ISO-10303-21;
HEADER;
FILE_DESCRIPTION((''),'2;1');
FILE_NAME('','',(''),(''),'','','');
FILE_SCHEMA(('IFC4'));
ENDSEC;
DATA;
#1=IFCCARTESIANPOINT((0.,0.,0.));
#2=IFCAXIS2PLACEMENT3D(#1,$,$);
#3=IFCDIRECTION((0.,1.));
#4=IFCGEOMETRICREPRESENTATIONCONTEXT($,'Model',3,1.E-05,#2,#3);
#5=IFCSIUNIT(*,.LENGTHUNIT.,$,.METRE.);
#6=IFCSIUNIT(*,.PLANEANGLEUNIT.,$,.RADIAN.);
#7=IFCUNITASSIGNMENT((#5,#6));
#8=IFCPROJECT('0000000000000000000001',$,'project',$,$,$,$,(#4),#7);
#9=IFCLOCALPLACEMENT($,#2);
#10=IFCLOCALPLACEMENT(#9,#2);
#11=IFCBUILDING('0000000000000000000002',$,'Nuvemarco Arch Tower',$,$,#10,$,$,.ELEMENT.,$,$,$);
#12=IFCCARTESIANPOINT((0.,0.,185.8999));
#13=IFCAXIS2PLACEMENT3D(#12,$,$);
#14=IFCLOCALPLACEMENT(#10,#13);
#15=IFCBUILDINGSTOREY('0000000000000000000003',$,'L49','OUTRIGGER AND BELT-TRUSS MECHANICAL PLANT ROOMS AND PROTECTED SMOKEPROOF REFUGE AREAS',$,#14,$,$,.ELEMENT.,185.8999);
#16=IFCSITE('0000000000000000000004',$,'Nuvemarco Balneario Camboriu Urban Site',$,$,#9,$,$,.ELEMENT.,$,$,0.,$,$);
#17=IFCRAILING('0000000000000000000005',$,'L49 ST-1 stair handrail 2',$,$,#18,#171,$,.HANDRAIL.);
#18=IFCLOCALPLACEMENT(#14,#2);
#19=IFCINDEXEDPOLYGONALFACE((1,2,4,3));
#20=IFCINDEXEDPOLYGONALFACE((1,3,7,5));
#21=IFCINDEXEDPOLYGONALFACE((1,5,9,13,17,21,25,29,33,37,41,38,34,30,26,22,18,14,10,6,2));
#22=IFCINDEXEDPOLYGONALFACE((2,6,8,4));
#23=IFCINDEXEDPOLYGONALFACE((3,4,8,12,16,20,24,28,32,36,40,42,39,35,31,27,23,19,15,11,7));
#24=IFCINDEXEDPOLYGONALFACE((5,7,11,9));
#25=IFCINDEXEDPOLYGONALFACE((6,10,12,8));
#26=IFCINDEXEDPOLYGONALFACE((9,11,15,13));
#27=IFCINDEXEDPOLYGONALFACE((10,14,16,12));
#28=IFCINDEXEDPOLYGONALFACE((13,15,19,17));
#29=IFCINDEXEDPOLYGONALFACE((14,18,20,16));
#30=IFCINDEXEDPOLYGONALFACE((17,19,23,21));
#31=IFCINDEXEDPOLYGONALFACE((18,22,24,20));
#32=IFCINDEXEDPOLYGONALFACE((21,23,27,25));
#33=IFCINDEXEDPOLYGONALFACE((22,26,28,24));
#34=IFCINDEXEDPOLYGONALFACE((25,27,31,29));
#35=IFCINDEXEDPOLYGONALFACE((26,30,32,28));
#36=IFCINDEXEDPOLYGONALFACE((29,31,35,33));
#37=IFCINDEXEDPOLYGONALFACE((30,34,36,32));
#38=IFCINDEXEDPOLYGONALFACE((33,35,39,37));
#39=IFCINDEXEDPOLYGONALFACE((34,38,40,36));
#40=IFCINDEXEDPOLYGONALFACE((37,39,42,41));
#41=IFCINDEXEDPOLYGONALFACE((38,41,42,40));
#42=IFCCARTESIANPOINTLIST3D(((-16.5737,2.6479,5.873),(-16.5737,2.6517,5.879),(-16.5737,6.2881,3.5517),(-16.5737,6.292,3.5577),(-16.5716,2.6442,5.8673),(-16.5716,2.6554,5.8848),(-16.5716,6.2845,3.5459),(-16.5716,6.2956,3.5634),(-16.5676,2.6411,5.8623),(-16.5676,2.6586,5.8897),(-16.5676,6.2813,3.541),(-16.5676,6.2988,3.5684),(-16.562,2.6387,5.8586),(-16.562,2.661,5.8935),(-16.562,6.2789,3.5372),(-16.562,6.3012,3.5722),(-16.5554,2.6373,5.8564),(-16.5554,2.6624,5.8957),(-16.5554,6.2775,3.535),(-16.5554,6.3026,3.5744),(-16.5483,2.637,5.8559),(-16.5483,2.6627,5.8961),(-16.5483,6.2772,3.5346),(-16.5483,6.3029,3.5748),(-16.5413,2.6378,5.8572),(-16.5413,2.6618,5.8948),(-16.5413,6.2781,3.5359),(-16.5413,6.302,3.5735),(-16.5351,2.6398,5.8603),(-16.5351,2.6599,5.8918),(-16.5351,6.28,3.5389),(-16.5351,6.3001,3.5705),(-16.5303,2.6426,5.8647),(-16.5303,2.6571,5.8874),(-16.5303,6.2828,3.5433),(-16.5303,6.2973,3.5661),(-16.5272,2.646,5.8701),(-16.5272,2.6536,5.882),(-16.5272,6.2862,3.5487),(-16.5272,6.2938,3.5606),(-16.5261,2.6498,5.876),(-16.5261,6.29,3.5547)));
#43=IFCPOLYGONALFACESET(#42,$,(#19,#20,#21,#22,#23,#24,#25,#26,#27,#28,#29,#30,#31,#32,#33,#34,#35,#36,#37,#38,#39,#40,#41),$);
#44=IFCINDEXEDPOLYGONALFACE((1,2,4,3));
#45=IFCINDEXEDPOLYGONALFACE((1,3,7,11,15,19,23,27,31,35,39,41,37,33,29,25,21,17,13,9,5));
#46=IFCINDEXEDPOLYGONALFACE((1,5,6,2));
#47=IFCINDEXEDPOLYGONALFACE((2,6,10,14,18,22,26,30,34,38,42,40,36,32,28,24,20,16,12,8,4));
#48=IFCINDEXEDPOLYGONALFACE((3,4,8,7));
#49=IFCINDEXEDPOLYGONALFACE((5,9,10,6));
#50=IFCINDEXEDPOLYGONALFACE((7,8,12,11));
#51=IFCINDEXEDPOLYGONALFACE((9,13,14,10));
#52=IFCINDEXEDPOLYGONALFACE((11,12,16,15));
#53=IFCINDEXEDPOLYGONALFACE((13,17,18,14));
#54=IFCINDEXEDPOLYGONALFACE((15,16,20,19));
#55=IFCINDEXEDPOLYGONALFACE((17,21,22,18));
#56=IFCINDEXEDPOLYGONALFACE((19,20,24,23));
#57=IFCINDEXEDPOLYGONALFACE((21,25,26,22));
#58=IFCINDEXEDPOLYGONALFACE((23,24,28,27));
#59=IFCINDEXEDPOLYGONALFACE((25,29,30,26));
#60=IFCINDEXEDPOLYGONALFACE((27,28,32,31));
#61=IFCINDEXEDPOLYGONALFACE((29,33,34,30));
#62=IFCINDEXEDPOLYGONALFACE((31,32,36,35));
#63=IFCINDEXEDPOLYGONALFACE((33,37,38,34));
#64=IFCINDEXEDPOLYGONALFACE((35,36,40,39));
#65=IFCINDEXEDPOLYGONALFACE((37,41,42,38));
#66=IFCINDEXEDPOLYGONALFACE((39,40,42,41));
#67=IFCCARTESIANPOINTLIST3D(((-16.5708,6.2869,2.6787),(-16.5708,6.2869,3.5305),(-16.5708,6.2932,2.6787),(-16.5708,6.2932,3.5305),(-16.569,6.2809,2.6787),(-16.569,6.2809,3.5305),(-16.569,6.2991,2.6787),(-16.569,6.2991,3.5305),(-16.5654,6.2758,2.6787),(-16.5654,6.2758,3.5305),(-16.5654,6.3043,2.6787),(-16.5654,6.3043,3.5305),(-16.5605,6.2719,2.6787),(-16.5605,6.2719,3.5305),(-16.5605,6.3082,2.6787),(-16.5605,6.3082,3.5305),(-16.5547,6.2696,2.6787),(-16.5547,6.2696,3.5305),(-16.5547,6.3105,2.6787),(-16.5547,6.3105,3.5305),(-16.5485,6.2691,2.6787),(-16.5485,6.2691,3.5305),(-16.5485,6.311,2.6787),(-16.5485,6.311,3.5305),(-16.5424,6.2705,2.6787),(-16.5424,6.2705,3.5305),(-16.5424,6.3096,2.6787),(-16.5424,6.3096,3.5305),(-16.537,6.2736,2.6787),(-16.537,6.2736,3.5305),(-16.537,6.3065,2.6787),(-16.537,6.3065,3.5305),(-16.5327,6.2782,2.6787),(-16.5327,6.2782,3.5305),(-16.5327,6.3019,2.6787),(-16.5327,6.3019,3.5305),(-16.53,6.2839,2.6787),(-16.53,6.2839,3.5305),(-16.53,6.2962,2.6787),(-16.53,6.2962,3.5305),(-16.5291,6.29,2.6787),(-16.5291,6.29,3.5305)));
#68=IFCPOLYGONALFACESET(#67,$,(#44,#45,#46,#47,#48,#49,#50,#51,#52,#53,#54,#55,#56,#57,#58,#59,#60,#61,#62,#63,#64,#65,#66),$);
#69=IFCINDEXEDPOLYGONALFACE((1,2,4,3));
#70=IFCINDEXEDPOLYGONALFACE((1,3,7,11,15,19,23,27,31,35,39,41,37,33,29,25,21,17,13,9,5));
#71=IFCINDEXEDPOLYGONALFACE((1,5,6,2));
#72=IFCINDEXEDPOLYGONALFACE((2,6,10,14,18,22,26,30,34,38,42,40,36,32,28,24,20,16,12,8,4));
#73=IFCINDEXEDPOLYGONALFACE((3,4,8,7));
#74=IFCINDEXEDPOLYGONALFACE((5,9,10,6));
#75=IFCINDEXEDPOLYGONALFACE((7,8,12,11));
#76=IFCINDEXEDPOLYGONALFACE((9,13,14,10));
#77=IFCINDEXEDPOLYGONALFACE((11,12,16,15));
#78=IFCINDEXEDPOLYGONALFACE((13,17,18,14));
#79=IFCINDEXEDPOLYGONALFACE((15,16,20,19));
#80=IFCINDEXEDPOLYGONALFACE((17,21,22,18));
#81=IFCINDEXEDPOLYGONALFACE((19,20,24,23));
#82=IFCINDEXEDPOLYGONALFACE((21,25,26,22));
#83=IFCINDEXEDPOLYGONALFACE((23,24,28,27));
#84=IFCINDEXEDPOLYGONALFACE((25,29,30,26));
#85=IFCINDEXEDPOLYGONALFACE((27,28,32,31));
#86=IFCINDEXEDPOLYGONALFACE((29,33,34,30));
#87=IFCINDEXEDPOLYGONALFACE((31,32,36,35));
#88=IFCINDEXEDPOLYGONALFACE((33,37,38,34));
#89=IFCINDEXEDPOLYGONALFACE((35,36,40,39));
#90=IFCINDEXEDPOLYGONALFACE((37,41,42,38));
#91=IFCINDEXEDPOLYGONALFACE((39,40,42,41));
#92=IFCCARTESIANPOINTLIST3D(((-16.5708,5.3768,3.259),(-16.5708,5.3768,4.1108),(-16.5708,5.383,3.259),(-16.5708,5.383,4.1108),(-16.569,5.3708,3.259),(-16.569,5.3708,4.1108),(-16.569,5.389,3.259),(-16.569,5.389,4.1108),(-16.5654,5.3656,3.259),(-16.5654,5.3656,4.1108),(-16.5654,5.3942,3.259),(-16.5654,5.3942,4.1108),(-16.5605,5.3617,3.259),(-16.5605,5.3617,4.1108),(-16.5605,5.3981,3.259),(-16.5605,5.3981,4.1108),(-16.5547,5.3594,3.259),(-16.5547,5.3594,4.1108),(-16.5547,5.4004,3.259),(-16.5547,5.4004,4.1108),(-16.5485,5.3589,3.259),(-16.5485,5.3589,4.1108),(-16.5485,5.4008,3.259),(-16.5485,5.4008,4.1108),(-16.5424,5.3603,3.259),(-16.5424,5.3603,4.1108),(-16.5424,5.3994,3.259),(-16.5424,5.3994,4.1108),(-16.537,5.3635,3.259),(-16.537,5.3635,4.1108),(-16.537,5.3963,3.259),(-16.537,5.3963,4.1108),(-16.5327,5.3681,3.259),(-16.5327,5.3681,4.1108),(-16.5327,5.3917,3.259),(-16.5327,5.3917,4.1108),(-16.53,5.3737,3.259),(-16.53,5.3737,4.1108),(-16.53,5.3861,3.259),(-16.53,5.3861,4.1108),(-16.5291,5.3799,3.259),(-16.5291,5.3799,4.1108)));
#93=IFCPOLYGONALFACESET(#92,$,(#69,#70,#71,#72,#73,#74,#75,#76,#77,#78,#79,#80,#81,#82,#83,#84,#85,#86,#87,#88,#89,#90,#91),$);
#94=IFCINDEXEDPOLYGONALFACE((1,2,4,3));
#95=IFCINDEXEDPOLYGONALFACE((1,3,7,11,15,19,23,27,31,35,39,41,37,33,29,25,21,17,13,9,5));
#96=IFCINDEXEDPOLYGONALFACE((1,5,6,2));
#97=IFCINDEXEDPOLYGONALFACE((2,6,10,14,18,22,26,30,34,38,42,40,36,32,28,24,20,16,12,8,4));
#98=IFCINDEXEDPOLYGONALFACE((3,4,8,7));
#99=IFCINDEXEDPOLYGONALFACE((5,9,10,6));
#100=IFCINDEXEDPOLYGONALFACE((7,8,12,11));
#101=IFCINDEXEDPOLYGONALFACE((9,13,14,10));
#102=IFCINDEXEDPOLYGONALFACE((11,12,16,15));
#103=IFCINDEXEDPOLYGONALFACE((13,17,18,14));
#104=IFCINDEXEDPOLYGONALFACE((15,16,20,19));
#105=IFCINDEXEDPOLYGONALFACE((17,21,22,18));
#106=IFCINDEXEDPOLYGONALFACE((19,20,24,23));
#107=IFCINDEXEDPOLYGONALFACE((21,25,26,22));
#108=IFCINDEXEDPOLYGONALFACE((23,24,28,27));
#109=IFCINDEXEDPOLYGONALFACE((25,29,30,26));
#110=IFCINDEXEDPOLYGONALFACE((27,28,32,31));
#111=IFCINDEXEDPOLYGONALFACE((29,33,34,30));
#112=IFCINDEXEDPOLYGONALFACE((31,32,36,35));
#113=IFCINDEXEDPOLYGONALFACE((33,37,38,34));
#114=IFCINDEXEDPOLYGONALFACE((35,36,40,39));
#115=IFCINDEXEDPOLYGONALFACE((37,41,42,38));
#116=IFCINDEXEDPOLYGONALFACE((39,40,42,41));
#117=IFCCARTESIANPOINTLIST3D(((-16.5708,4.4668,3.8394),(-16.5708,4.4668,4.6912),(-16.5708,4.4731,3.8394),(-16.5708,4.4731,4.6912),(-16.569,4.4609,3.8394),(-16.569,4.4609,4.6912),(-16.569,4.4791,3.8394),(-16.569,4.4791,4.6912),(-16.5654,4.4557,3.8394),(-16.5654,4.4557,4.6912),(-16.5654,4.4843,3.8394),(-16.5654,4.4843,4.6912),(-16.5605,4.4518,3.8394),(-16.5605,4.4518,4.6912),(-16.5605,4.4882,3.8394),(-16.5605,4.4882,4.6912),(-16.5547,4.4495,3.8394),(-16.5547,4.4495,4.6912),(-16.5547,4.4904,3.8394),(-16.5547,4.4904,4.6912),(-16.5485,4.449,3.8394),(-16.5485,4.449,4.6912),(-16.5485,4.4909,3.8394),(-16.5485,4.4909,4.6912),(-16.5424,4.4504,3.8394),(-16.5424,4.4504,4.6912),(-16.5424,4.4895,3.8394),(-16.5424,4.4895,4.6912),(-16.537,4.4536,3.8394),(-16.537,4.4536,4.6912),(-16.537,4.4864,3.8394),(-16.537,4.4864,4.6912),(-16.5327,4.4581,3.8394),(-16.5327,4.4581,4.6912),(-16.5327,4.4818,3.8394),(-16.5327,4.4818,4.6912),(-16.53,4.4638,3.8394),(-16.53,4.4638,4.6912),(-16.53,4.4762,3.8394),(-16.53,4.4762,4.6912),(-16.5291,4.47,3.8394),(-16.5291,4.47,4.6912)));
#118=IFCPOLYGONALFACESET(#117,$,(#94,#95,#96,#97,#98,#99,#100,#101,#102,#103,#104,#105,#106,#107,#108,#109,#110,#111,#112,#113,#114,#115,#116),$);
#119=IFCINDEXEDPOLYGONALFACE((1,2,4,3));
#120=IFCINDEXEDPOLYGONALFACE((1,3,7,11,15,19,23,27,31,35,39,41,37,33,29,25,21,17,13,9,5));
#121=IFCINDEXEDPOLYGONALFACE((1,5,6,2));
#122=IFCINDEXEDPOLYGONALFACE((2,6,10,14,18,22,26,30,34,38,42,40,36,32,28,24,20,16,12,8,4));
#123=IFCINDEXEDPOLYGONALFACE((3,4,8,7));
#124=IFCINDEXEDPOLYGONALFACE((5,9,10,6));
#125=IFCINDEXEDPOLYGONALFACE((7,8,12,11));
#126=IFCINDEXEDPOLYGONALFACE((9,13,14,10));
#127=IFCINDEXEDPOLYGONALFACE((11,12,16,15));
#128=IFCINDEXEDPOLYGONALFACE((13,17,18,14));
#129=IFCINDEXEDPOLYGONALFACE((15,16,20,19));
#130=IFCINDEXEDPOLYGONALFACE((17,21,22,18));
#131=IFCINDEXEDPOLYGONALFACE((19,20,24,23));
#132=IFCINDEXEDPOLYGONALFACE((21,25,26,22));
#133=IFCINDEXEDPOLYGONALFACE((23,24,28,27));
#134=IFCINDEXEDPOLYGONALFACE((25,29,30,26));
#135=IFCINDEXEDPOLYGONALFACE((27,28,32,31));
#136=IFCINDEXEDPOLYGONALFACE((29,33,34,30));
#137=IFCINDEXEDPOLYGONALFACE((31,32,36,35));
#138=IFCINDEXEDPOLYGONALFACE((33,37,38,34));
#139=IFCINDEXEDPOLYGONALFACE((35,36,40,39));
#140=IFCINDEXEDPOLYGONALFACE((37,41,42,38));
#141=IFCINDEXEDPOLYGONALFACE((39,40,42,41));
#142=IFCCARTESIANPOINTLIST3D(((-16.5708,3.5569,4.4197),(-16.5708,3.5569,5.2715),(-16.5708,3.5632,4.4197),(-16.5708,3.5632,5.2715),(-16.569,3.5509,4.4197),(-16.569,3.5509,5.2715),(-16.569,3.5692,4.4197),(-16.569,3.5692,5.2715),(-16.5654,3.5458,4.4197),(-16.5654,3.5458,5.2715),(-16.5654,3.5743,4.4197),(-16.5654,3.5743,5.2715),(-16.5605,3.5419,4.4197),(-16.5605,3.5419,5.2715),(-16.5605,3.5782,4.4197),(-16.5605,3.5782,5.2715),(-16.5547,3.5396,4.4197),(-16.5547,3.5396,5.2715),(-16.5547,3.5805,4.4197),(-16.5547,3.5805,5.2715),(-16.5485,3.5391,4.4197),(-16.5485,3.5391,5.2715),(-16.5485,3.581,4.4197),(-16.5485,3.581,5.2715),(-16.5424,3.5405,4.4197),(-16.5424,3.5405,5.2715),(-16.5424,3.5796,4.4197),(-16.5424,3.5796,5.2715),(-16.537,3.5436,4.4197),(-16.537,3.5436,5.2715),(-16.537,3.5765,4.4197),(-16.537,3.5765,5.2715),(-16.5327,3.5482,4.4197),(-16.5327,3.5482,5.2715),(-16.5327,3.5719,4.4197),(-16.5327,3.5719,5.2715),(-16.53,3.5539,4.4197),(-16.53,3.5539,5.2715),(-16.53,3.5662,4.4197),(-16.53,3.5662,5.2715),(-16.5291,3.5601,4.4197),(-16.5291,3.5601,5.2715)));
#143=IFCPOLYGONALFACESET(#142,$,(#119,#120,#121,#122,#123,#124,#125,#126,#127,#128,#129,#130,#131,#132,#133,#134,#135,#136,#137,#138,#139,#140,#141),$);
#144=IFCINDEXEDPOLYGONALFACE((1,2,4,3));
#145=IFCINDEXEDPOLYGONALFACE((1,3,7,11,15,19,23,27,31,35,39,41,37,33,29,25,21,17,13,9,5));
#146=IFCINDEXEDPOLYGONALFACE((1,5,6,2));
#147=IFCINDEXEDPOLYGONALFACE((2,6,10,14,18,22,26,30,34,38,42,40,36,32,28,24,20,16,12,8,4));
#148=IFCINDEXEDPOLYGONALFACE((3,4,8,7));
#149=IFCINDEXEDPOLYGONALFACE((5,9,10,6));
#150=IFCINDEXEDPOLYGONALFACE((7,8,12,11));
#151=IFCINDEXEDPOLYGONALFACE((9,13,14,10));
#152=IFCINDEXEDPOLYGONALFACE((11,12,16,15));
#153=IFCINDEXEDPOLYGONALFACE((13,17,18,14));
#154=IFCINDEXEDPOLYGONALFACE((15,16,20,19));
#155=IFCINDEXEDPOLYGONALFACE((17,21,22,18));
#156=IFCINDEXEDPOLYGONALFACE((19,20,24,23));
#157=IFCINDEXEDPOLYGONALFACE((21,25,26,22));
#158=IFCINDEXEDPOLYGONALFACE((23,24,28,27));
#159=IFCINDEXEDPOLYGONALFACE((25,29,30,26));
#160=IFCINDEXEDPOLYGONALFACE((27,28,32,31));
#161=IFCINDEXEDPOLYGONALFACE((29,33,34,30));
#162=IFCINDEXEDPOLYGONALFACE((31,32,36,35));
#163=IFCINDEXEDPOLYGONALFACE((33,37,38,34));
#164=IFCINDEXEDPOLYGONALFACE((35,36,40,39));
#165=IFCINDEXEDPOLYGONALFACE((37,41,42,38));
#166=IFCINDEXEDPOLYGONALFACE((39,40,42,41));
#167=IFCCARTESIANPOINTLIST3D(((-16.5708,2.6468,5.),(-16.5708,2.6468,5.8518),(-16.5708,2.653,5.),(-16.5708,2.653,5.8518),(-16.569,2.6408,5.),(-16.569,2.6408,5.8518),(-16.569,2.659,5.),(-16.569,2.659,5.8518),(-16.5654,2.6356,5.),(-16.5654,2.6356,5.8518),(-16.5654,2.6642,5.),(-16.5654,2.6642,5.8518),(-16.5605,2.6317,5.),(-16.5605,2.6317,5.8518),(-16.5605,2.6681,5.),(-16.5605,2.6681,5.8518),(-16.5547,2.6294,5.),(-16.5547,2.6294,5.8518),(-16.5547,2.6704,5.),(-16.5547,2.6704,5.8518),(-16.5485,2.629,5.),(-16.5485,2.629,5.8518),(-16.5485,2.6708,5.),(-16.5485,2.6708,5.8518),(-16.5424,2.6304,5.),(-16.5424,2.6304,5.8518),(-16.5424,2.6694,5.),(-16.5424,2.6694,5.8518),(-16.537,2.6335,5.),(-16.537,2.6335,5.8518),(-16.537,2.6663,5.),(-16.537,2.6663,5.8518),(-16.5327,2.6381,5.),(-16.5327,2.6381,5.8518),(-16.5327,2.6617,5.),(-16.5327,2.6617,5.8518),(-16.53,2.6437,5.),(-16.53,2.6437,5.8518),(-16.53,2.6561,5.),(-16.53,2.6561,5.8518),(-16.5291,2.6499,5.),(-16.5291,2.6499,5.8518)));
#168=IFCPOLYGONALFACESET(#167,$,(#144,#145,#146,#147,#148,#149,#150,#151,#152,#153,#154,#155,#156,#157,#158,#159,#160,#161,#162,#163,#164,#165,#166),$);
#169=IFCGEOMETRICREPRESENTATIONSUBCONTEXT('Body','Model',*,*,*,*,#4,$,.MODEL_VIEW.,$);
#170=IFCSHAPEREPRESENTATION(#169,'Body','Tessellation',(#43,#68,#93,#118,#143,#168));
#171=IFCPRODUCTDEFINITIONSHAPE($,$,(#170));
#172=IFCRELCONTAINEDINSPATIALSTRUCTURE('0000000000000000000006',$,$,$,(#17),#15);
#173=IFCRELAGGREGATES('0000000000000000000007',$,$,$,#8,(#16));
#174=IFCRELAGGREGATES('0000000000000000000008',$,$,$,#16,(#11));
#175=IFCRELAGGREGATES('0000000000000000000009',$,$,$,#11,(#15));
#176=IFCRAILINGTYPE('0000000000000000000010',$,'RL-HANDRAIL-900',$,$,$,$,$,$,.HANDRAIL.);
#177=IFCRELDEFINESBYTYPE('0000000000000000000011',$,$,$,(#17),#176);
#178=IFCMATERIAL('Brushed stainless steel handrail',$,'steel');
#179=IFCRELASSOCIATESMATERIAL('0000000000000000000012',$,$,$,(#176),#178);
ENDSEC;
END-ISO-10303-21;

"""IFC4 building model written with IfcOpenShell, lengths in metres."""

from ifc_helpers import new_model, si_unit, direction, frame, origin, origin_2d, place, context, subcontext, project, spatial, circle, extrude, material, type_object, element, save


model = new_model("IFC4")

# Units and contexts
model_context = context("Model", 3, precision=1e-05, world=origin(), true_north=direction((0.0, 1.0)))
body_context = subcontext(model_context, "Body", "Model", "MODEL_VIEW")
ifc_project = project(units=[si_unit("LENGTHUNIT", "METRE"), si_unit("PLANEANGLEUNIT", "RADIAN")], contexts=[model_context])

# Site, building, storey
site_placement = place(None, origin())
site = spatial("IfcSite", under=ifc_project, at=site_placement, Name="Nuvemarco Balneario Camboriu Urban Site", CompositionType="ELEMENT", RefElevation=0.0)
building_placement = place(site_placement, origin())
building = spatial("IfcBuilding", under=site, at=building_placement, Name="Nuvemarco Arch Tower", CompositionType="ELEMENT")
storey_placement = place(building_placement, frame((0.0, 0.0, 185.8999)))
storey = spatial("IfcBuildingStorey", under=building, at=storey_placement, Name="L49", Description="OUTRIGGER AND BELT-TRUSS MECHANICAL PLANT ROOMS AND PROTECTED SMOKEPROOF REFUGE AREAS", CompositionType="ELEMENT", Elevation=185.8999)

# Railing
ifc_material_1 = material(Name="Brushed stainless steel handrail", Category="steel")
railing_type_1 = type_object("IfcRailingType", Name="RL-HANDRAIL-900", PredefinedType="HANDRAIL", material=ifc_material_1)
railing_1_placement = place(storey_placement, frame((-16.55, 6.29, 2.6787)))
element("IfcRailing", 1, at=railing_1_placement, inside=storey, type_object=railing_type_1, Name="L49 ST-1 stair handrail 2", PredefinedType="HANDRAIL", context=body_context, shape_type="SweptSolid", body=[
    extrude(circle(Radius=0.0239, at=origin_2d()), frame((0.0, 0.0, 0.876), z_axis=(0.0, -0.843153, 0.537673), x_axis=(1.0, 0.0, 0.0)), (0.0, 0.0, 1.0), 4.3174),
    extrude(circle(Radius=0.021, at=origin_2d()), origin(), (0.0, 0.0, 1.0), 0.8518),
    extrude(circle(Radius=0.021, at=origin_2d()), frame((0.0, -0.9102, 0.5803)), (0.0, 0.0, 1.0), 0.8518),
    extrude(circle(Radius=0.021, at=origin_2d()), frame((0.0, -1.8201, 1.1606)), (0.0, 0.0, 1.0), 0.8518),
    extrude(circle(Radius=0.021, at=origin_2d()), frame((0.0, -2.73, 1.741)), (0.0, 0.0, 1.0), 0.8518),
    extrude(circle(Radius=0.021, at=origin_2d()), frame((0.0, -3.6401, 2.3213)), (0.0, 0.0, 1.0), 0.8518),
])

save(model, "model.ifc")
